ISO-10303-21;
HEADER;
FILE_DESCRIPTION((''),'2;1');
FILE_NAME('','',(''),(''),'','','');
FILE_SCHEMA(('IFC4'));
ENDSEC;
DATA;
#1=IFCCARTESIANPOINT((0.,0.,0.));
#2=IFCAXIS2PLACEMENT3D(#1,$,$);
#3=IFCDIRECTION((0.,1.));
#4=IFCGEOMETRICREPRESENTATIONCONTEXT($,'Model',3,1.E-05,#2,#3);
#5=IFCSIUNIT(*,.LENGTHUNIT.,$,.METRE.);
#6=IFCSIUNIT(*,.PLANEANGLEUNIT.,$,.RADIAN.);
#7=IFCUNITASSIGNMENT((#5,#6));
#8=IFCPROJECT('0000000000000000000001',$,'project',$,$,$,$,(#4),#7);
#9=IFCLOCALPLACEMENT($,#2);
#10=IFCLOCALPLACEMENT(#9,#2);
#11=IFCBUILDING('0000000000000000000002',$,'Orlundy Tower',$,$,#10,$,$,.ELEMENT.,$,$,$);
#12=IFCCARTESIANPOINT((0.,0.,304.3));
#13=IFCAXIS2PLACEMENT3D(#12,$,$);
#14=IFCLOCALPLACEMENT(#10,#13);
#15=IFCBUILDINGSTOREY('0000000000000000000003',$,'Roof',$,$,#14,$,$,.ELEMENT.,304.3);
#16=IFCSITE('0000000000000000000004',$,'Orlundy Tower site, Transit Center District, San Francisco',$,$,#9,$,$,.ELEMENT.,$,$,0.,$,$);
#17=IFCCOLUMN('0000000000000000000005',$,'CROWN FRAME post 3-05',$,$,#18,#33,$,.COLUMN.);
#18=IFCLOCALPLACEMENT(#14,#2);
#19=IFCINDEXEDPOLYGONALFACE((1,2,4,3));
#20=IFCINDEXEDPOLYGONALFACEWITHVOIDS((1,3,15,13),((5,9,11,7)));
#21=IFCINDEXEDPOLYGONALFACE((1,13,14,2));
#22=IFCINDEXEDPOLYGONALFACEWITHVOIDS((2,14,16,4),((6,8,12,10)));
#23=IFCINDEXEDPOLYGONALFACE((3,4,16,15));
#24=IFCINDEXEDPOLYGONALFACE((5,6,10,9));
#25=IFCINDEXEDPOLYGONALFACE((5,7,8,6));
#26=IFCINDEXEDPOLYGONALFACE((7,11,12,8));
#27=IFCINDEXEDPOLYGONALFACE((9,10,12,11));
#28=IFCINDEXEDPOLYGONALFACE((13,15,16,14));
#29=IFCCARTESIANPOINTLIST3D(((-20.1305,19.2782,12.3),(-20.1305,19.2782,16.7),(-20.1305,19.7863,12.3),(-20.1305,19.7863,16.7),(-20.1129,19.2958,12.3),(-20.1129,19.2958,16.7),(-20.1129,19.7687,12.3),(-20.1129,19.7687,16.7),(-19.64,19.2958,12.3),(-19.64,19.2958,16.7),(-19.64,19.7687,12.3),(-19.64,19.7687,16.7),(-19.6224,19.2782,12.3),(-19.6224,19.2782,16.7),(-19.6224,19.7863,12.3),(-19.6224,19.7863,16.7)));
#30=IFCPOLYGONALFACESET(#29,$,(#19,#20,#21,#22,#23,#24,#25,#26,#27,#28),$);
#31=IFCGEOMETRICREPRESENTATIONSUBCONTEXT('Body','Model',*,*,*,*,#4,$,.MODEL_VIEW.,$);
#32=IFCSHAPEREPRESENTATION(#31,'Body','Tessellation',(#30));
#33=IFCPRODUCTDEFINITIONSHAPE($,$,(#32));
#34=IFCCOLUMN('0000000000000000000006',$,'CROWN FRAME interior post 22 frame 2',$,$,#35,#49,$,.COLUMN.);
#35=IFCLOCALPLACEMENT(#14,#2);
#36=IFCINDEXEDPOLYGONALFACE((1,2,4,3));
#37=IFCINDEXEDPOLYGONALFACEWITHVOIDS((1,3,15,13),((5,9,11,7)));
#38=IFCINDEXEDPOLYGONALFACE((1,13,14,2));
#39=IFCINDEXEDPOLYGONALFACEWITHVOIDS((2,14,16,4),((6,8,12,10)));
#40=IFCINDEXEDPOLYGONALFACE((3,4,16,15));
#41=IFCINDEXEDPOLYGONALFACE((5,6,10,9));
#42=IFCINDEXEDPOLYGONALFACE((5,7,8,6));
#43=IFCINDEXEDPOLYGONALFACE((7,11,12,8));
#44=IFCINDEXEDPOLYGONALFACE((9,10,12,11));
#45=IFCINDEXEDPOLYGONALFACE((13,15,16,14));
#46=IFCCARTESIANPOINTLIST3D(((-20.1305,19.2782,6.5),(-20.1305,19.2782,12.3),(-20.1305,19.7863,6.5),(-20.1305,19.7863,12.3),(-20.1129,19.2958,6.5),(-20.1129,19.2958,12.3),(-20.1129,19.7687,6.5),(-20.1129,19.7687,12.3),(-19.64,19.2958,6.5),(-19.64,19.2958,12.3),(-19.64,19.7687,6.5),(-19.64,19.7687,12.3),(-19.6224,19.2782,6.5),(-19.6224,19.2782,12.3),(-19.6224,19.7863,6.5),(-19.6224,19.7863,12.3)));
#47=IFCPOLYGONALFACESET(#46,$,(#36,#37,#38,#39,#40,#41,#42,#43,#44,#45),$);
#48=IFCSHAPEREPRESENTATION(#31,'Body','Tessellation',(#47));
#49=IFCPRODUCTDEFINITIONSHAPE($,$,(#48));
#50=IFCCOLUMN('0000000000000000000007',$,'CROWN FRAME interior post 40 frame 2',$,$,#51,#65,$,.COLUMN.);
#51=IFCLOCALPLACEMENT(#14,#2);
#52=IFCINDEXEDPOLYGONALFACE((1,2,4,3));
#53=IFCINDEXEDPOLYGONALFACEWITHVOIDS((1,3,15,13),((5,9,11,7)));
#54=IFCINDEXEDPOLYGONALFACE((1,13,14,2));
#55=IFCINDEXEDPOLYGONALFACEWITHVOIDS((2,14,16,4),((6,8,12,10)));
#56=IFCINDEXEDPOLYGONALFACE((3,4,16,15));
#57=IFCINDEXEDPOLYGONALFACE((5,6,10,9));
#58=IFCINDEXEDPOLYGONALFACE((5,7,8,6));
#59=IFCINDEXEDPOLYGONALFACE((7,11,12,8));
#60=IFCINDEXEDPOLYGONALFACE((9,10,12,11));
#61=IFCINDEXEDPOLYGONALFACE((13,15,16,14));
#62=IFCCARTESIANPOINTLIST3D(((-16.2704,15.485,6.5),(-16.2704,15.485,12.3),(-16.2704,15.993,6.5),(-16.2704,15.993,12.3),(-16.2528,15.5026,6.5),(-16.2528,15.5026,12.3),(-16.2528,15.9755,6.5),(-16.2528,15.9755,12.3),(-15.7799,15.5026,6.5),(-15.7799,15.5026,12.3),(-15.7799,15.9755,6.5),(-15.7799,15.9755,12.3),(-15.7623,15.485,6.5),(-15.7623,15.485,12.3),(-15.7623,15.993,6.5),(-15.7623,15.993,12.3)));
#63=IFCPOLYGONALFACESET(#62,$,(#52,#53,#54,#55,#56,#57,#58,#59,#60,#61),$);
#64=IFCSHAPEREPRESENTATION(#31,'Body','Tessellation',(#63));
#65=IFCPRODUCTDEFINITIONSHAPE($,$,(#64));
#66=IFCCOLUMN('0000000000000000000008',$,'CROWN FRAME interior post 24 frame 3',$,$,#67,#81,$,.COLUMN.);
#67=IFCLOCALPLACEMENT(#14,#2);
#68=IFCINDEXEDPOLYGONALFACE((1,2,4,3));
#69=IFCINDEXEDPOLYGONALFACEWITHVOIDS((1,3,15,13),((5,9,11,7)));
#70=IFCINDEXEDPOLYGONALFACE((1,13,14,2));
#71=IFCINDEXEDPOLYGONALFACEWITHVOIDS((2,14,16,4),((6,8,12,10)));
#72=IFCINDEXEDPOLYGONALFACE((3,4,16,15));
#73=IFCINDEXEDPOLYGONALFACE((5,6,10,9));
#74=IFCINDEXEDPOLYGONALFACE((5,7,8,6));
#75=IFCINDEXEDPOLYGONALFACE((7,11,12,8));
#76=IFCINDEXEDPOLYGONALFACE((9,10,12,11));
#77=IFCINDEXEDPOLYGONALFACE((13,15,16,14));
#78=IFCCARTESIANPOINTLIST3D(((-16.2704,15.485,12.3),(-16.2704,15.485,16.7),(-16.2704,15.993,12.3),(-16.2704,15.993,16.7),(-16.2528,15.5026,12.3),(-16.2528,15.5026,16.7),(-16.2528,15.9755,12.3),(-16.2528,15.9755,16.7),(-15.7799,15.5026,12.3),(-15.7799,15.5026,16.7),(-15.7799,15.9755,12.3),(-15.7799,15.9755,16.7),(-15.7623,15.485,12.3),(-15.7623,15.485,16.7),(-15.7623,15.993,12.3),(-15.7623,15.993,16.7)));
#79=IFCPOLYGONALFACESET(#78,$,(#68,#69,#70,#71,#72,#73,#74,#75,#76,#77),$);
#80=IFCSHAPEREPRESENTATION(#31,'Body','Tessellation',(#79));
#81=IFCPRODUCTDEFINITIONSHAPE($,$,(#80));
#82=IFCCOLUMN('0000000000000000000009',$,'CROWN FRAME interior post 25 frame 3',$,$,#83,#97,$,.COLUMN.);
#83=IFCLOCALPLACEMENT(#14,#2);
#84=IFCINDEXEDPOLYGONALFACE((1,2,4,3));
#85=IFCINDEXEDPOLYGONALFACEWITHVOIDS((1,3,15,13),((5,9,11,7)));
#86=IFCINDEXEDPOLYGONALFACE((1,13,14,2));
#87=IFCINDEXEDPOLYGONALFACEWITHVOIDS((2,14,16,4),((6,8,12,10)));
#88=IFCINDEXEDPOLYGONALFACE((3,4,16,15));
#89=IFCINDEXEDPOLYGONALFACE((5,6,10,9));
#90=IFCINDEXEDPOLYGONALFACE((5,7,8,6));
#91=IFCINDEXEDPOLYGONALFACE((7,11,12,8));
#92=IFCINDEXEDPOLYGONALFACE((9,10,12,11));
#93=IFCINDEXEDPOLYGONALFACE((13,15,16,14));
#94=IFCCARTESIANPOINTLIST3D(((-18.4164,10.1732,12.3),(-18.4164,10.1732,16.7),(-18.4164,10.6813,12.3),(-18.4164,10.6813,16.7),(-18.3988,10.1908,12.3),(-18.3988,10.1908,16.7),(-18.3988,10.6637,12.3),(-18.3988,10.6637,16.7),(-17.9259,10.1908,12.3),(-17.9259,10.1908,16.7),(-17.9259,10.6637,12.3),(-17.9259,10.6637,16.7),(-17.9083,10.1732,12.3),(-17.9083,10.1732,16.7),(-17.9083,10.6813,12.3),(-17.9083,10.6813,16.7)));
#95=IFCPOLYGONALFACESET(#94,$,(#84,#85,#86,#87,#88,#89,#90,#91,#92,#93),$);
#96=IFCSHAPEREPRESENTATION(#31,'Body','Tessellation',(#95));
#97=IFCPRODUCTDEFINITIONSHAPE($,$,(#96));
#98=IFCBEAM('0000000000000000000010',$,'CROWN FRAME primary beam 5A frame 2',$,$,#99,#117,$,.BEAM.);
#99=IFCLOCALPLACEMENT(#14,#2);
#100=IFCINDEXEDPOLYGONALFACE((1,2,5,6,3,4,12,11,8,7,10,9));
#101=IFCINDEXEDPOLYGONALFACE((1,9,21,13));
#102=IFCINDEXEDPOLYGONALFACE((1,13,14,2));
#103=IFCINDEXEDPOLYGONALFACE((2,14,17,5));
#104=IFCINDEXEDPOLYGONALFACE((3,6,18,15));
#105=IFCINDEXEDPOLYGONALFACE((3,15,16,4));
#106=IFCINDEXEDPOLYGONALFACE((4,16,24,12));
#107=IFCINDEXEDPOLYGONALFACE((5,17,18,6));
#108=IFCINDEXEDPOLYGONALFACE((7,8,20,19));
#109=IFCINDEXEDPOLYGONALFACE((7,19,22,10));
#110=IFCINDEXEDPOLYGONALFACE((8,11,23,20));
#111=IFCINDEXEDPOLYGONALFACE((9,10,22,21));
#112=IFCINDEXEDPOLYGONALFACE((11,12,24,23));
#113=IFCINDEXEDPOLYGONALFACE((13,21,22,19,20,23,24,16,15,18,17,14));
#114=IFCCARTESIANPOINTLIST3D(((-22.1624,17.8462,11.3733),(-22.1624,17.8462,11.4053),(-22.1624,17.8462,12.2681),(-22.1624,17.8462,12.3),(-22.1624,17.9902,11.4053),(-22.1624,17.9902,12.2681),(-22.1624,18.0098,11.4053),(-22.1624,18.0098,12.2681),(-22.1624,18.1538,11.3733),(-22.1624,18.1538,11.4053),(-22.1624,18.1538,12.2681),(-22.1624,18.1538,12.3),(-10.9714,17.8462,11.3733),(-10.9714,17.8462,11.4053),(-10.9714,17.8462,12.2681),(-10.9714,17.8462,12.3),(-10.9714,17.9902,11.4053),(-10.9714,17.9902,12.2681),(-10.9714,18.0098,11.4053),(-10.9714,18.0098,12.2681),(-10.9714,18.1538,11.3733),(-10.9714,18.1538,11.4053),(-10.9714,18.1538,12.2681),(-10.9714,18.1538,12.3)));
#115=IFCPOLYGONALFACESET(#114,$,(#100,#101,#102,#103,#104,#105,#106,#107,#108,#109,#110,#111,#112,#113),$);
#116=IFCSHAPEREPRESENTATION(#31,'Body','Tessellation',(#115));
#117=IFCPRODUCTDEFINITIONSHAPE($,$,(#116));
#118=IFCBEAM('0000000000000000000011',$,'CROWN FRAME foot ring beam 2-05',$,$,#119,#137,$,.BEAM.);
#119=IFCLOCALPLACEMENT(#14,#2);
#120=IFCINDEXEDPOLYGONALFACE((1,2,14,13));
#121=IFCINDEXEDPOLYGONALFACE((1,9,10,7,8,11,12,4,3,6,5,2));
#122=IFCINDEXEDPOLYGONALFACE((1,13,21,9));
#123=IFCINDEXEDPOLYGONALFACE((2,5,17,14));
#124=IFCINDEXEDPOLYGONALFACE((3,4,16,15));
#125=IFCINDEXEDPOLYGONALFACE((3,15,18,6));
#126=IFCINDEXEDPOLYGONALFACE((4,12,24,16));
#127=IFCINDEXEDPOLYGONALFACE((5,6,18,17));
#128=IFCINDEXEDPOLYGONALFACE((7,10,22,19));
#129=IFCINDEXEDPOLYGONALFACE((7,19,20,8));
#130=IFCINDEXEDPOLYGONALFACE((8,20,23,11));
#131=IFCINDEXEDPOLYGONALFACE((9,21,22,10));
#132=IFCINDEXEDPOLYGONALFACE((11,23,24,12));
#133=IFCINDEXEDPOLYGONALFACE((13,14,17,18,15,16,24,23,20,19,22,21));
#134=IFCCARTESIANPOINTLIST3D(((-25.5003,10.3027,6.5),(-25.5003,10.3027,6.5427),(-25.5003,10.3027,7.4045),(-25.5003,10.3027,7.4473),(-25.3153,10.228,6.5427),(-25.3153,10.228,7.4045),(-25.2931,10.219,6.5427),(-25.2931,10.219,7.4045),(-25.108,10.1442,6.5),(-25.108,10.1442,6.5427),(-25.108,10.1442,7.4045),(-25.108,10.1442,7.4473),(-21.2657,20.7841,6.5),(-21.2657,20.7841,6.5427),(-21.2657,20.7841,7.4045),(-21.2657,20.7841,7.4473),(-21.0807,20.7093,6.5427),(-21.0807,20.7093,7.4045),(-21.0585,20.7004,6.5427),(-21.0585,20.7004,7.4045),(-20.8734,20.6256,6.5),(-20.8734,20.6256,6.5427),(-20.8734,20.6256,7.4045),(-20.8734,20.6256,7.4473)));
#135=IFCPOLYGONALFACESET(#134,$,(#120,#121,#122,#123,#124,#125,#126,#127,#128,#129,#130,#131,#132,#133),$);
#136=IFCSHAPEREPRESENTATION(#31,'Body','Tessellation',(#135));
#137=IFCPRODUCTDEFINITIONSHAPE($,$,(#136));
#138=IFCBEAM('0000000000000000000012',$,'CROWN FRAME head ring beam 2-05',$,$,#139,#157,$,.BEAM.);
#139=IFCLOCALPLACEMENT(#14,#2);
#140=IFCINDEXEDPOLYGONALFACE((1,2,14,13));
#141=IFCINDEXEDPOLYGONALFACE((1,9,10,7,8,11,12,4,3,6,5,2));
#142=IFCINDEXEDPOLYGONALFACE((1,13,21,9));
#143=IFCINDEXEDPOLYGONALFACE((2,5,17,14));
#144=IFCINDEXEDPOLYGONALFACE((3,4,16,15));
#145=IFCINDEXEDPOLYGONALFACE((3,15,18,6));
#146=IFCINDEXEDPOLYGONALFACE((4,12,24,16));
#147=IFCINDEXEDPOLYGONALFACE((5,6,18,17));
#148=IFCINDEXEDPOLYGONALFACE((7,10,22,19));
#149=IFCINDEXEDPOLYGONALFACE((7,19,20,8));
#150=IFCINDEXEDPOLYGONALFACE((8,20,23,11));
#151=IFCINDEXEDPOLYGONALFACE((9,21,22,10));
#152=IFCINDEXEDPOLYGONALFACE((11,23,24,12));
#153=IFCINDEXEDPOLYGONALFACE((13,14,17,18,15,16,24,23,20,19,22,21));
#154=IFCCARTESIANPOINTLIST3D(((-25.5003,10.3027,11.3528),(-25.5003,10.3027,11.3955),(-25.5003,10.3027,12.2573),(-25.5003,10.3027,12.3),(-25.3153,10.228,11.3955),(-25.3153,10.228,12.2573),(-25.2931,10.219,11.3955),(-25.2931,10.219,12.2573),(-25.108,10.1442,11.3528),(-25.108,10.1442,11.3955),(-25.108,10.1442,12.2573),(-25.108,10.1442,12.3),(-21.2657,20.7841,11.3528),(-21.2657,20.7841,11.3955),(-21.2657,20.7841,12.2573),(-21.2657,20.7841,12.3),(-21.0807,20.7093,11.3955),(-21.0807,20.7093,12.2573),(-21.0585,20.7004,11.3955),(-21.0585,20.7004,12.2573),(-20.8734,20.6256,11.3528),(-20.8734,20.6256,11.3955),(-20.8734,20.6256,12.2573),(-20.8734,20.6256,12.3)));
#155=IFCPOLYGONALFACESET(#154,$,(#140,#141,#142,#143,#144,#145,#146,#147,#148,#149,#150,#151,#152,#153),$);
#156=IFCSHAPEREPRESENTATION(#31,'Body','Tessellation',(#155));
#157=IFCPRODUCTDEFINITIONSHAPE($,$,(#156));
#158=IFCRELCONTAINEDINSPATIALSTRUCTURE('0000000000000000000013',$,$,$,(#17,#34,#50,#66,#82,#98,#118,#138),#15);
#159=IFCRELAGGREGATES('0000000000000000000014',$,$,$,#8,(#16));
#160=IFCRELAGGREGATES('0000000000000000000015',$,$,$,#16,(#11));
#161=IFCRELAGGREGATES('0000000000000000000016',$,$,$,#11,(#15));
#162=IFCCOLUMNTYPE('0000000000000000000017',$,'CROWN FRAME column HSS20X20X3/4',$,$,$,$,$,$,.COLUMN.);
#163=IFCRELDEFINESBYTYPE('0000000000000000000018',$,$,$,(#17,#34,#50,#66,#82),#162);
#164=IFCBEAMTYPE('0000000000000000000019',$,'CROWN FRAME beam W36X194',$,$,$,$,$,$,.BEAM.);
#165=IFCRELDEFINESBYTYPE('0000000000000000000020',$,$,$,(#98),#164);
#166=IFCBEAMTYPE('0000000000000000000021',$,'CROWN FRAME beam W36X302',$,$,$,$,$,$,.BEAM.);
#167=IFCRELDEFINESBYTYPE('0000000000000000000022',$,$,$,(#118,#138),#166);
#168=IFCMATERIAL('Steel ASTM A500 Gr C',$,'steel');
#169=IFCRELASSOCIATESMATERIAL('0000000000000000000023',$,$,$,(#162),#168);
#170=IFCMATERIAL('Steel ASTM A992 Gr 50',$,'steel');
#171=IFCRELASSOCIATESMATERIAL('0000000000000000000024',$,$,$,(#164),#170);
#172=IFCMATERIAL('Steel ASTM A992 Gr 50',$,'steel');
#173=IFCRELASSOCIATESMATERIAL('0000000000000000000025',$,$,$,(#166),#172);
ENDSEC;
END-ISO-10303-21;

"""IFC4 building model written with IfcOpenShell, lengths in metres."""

from ifc_helpers import new_model, si_unit, direction, frame, origin, origin_2d, place, context, subcontext, project, spatial, hollow_rectangle, i_section, extrude, material, material_profile, profile_set, type_object, element, save


model = new_model("IFC4")

# Units and contexts
model_context = context("Model", 3, precision=1e-05, world=origin(), true_north=direction((0.0, 1.0)))
body_context = subcontext(model_context, "Body", "Model", "MODEL_VIEW")
ifc_project = project(units=[si_unit("LENGTHUNIT", "METRE"), si_unit("PLANEANGLEUNIT", "RADIAN")], contexts=[model_context])

# Site, building, storey
site_placement = place(None, origin())
site = spatial("IfcSite", under=ifc_project, at=site_placement, Name="Orlundy Tower site, Transit Center District, San Francisco", CompositionType="ELEMENT", RefElevation=0.0)
building_placement = place(site_placement, origin())
building = spatial("IfcBuilding", under=site, at=building_placement, Name="Orlundy Tower", CompositionType="ELEMENT")
storey_placement = place(building_placement, frame((0.0, 0.0, 304.3)))
storey = spatial("IfcBuildingStorey", under=building, at=storey_placement, Name="Roof", CompositionType="ELEMENT", Elevation=304.3)

# Columns
ifc_material_1 = material(Name="Steel ASTM A500 Gr C", Category="steel")
ifc_material_profile_1 = material_profile(ifc_material_1, hollow_rectangle(XDim=0.5081, YDim=0.5081, WallThickness=0.0176, at=origin_2d()), Name="HSS20X20X3/4")
ifc_profile_set_1 = profile_set([ifc_material_profile_1], Name="Steel ASTM A500 Gr C")
column_type = type_object("IfcColumnType", Name="CROWN FRAME column HSS20X20X3/4", PredefinedType="COLUMN", material=ifc_profile_set_1)
column_placement = place(storey_placement, frame((-19.8765, 19.5322, 12.3), z_axis=(0.0, 0.0, 1.0), x_axis=(1.0, 0.0, 0.0)))
element("IfcColumn", 1, at=column_placement, inside=storey, type_object=column_type, Name="CROWN FRAME post 3-05", PredefinedType="COLUMN", context=body_context, shape_type="SweptSolid", body=[
    extrude(hollow_rectangle(XDim=0.5081, YDim=0.5081, WallThickness=0.0176, at=origin_2d()), origin(), (0.0, 0.0, 1.0), 4.3999),
])
for number, where, z_axis, x_axis, name in (
    (2, (-19.8765, 19.5322, 6.5), (0.0, 0.0, 1.0), (1.0, 0.0, 0.0), "CROWN FRAME interior post 22 frame 2"),
    (3, (-16.0164, 15.739, 6.5), (0.0, 0.0, 1.0), (1.0, 0.0, 0.0), "CROWN FRAME interior post 40 frame 2"),
):
    element("IfcColumn", number, at=place(storey_placement, frame(where, z_axis=z_axis, x_axis=x_axis)), inside=storey, type_object=column_type, Name=name, PredefinedType="COLUMN", context=body_context, shape_type="SweptSolid", body=[
        extrude(hollow_rectangle(XDim=0.5081, YDim=0.5081, WallThickness=0.0176, at=origin_2d()), origin(), (0.0, 0.0, 1.0), 5.8),
    ])
for number, where, z_axis, x_axis, name in (
    (4, (-16.0164, 15.739, 12.3), (0.0, 0.0, 1.0), (1.0, 0.0, 0.0), "CROWN FRAME interior post 24 frame 3"),
    (5, (-18.1624, 10.4272, 12.3), (0.0, 0.0, 1.0), (1.0, 0.0, 0.0), "CROWN FRAME interior post 25 frame 3"),
):
    element("IfcColumn", number, at=place(storey_placement, frame(where, z_axis=z_axis, x_axis=x_axis)), inside=storey, type_object=column_type, Name=name, PredefinedType="COLUMN", context=body_context, shape_type="SweptSolid", body=[
        extrude(hollow_rectangle(XDim=0.5081, YDim=0.5081, WallThickness=0.0176, at=origin_2d()), origin(), (0.0, 0.0, 1.0), 4.3999),
    ])

# Beams
ifc_material_2 = material(Name="Steel ASTM A992 Gr 50", Category="steel")
ifc_material_profile_2 = material_profile(ifc_material_2, i_section(OverallWidth=0.3076, OverallDepth=0.9268, WebThickness=0.0195, FlangeThickness=0.032, at=origin_2d()), Name="W36X194")
ifc_profile_set_2 = profile_set([ifc_material_profile_2], Name="Steel ASTM A992 Gr 50")
beam_type_1 = type_object("IfcBeamType", Name="CROWN FRAME beam W36X194", PredefinedType="BEAM", material=ifc_profile_set_2)
beam_placement = place(storey_placement, frame((-22.1624, 18.0, 11.8367), z_axis=(1.0, 0.0, 0.0), x_axis=(0.0, 1.0, 0.0)))
element("IfcBeam", 6, at=beam_placement, inside=storey, type_object=beam_type_1, Name="CROWN FRAME primary beam 5A frame 2", PredefinedType="BEAM", context=body_context, shape_type="SweptSolid", body=[
    extrude(i_section(OverallWidth=0.3076, OverallDepth=0.9268, WebThickness=0.0195, FlangeThickness=0.032, at=origin_2d()), origin(), (0.0, 0.0, 1.0), 11.1909),
])
ifc_material_3 = material(Name="Steel ASTM A992 Gr 50", Category="steel")
ifc_material_profile_3 = material_profile(ifc_material_3, i_section(OverallWidth=0.4231, OverallDepth=0.9473, WebThickness=0.0239, FlangeThickness=0.0427, at=origin_2d()), Name="W36X302")
ifc_profile_set_3 = profile_set([ifc_material_profile_3], Name="Steel ASTM A992 Gr 50")
beam_type_2 = type_object("IfcBeamType", Name="CROWN FRAME beam W36X302", PredefinedType="BEAM", material=ifc_profile_set_3)
for number, where, z_axis, x_axis, name in (
    (7, (-21.0696, 20.7048, 6.9736), (-0.374594, -0.927189, 0.0), (0.927189, -0.374594, 0.0), "CROWN FRAME foot ring beam 2-05"),
    (8, (-21.0696, 20.7048, 11.8264), (-0.374594, -0.927189, 0.0), (0.927189, -0.374594, 0.0), "CROWN FRAME head ring beam 2-05"),
):
    element("IfcBeam", number, at=place(storey_placement, frame(where, z_axis=z_axis, x_axis=x_axis)), inside=storey, type_object=beam_type_2, Name=name, PredefinedType="BEAM", context=body_context, shape_type="SweptSolid", body=[
        extrude(i_section(OverallWidth=0.4231, OverallDepth=0.9473, WebThickness=0.0239, FlangeThickness=0.0427, at=origin_2d()), origin(), (0.0, 0.0, 1.0), 11.3044),
    ])

save(model, "model.ifc")
